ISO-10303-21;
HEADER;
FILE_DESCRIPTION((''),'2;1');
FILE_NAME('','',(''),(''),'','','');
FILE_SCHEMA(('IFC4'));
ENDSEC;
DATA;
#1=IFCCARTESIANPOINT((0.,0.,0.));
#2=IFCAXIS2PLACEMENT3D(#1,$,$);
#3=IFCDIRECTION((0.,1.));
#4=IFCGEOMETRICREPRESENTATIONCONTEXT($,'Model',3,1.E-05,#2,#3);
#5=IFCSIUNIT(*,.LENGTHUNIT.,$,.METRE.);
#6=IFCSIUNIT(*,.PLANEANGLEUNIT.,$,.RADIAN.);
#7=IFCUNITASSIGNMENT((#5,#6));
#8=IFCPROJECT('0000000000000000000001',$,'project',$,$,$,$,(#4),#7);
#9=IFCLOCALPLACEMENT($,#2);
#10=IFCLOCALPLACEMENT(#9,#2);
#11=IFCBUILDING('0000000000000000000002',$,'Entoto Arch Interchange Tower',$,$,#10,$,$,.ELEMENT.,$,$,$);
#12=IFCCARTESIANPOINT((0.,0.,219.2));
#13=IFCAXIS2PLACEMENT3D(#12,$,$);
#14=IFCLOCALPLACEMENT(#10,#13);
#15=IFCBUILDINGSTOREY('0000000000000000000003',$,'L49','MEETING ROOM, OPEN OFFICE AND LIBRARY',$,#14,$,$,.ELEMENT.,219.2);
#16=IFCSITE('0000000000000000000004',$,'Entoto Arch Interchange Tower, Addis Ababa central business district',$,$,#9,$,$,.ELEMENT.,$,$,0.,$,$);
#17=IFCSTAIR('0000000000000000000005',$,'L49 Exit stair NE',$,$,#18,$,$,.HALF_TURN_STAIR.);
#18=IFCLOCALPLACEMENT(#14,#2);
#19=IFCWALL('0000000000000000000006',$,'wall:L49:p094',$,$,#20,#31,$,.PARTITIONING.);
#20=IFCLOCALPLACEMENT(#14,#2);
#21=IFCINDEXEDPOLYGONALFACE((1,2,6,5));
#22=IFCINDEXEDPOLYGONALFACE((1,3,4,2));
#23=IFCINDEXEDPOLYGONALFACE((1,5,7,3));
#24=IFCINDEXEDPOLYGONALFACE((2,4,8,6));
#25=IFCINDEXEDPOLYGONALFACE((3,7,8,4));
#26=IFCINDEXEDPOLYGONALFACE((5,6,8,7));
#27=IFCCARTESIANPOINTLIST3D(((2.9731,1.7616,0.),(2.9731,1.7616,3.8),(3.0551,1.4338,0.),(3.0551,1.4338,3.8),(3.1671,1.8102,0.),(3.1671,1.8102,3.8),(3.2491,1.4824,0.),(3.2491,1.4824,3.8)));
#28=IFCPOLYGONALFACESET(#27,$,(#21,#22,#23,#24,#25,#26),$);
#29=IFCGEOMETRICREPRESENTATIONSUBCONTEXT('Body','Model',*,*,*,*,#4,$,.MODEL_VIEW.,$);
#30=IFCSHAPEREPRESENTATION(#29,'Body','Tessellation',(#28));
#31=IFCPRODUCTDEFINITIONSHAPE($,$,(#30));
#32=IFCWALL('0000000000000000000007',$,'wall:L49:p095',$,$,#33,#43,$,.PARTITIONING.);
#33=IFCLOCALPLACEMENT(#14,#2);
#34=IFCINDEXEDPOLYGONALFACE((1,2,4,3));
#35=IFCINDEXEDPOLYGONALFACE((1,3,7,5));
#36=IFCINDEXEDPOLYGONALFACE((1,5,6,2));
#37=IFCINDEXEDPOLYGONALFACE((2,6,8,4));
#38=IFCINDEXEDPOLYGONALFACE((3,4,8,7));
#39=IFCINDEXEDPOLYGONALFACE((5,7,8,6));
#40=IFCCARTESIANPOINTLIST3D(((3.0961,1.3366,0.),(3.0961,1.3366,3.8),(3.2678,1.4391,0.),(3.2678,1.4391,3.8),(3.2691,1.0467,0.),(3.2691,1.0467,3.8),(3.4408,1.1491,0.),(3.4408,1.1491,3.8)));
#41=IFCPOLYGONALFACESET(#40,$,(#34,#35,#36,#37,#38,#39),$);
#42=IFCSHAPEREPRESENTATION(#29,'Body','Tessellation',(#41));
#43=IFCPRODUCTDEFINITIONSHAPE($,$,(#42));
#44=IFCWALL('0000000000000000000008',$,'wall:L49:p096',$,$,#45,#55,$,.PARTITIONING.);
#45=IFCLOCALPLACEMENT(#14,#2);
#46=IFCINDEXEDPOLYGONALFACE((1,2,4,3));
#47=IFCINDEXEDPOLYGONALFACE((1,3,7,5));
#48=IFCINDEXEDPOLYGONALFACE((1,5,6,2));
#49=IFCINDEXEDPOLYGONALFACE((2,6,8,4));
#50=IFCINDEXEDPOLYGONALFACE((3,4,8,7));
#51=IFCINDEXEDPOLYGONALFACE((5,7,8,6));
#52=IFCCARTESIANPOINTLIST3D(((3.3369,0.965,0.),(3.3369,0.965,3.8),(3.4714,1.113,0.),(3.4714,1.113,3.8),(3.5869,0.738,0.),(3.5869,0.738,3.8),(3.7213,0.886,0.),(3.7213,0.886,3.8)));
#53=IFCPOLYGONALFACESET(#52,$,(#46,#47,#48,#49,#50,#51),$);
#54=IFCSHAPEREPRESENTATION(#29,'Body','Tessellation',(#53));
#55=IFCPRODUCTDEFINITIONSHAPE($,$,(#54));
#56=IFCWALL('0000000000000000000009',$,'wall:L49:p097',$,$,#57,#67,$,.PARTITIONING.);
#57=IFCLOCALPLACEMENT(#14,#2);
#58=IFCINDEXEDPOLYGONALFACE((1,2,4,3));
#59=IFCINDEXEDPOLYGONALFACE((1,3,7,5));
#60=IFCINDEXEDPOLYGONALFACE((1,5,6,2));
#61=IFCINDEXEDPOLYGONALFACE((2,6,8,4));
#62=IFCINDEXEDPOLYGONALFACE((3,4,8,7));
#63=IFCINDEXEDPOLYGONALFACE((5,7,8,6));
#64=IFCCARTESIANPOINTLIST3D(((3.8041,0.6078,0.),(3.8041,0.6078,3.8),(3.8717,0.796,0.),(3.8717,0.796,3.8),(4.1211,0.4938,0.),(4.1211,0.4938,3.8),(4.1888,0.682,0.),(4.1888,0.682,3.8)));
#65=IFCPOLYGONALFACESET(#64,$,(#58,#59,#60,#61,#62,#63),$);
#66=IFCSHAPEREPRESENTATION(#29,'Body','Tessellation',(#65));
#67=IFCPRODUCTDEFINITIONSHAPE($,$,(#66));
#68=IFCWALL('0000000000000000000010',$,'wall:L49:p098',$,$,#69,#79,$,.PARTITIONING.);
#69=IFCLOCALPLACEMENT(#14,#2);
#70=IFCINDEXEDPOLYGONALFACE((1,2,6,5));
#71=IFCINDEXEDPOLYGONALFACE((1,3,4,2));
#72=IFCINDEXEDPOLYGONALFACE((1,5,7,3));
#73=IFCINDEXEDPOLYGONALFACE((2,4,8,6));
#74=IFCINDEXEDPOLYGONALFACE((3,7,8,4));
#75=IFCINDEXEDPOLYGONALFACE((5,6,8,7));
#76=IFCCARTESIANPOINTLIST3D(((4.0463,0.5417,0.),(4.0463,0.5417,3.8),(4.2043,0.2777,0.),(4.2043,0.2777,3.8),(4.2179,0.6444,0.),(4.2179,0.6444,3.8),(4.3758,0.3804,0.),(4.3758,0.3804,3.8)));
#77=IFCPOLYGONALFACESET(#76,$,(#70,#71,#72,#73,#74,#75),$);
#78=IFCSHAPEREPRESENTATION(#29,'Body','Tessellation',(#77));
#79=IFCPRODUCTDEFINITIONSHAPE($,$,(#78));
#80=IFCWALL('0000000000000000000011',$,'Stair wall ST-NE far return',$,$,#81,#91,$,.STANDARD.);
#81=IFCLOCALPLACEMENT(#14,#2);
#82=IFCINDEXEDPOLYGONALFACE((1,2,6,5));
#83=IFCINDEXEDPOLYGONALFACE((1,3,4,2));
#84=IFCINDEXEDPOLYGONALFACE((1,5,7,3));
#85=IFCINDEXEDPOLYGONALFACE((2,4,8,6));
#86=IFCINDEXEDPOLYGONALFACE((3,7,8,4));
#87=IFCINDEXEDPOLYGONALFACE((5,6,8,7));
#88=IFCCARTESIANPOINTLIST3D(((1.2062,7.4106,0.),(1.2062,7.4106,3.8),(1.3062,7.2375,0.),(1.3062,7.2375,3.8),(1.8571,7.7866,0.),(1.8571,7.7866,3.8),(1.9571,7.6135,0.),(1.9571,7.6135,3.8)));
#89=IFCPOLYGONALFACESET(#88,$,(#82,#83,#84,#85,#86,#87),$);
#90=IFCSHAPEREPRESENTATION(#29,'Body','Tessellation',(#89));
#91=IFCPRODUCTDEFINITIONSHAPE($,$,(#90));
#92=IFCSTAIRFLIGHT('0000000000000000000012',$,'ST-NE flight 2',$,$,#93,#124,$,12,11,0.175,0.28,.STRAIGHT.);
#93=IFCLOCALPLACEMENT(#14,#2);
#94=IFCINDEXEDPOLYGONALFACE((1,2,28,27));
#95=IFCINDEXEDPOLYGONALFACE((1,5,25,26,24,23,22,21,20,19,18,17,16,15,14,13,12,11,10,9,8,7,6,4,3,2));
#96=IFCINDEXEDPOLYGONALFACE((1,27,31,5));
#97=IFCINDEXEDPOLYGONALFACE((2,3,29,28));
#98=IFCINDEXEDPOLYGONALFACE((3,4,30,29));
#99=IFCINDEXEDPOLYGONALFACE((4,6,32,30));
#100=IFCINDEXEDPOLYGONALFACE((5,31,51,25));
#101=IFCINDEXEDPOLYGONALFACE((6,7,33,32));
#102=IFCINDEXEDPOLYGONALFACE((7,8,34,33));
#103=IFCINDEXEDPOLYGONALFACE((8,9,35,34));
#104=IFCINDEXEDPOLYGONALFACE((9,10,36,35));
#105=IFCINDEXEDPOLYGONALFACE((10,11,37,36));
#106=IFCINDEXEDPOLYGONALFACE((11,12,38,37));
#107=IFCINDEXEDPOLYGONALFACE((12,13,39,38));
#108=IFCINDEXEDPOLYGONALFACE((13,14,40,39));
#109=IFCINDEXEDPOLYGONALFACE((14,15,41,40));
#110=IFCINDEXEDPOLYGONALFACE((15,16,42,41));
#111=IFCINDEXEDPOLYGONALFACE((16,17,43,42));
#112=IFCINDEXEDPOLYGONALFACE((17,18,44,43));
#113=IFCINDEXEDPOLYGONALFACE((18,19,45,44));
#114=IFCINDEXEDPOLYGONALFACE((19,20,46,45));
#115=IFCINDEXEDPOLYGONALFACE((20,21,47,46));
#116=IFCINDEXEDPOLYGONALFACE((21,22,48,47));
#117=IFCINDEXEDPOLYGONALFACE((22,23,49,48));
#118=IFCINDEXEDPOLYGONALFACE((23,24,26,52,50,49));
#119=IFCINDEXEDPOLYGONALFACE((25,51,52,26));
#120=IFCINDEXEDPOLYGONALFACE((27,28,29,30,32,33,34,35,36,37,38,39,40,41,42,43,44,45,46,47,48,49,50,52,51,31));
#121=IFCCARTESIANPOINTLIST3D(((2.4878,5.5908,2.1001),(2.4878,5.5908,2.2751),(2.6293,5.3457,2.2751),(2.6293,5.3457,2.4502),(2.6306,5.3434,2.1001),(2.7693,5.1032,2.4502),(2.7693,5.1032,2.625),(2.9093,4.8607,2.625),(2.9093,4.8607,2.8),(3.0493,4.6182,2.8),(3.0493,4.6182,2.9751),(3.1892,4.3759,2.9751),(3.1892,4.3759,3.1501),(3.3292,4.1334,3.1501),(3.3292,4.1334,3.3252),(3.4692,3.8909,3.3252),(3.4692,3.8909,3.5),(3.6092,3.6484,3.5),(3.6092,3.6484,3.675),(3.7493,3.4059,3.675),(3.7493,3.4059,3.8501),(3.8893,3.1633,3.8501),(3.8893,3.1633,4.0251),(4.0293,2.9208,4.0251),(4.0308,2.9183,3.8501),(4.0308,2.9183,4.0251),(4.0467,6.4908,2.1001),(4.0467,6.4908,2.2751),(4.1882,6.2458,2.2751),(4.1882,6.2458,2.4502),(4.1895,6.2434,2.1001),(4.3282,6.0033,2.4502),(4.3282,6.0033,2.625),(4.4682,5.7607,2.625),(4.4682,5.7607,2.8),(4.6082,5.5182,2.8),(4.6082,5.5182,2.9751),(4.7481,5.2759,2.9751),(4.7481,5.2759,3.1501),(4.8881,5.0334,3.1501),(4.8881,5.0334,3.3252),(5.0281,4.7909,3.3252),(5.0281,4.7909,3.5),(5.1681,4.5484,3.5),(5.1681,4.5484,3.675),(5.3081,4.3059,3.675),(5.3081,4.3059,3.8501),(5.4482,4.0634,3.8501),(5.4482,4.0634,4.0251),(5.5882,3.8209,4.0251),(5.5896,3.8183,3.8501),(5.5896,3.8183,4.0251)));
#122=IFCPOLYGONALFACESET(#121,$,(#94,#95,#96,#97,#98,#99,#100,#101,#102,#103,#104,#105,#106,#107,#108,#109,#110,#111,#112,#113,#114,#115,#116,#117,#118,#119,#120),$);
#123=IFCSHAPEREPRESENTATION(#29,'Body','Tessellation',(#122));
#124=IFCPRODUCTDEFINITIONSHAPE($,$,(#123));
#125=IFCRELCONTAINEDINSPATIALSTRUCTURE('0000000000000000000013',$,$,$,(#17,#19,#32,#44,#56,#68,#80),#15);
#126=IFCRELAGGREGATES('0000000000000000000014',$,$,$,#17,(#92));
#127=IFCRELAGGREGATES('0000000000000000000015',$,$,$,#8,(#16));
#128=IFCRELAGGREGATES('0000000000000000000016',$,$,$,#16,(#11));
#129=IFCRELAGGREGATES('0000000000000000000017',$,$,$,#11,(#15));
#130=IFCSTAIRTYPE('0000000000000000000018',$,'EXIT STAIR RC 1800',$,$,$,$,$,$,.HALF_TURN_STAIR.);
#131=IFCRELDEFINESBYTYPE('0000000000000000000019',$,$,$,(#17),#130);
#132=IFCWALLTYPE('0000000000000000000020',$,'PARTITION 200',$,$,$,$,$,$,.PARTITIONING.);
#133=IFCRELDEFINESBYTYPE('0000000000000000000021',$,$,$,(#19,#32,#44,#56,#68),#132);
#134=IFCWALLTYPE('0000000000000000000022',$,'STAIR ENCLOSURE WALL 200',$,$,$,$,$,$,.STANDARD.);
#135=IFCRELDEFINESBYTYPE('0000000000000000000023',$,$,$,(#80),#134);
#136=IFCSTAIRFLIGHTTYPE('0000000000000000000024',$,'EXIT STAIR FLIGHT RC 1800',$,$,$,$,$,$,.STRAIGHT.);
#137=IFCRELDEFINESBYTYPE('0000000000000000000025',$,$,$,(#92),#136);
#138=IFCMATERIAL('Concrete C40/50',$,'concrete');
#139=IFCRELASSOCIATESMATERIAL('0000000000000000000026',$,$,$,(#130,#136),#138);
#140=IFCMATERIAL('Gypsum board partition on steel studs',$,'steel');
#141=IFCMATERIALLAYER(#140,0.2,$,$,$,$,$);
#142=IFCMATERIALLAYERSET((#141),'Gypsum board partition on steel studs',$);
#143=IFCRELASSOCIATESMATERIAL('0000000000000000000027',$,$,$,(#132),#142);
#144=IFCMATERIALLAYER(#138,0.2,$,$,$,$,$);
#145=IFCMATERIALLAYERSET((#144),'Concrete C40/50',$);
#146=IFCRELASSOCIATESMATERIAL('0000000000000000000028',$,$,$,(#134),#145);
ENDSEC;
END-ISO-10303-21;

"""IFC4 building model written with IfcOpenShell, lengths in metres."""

from ifc_helpers import new_model, si_unit, direction, frame, frame_2d, origin, place, context, subcontext, project, spatial, polyline, rectangle, outline, extrude, material, layer, layer_set, type_object, element, aggregate, save


model = new_model("IFC4")

# Units and contexts
model_context = context("Model", 3, precision=1e-05, world=origin(), true_north=direction((0.0, 1.0)))
body_context = subcontext(model_context, "Body", "Model", "MODEL_VIEW")
ifc_project = project(units=[si_unit("LENGTHUNIT", "METRE"), si_unit("PLANEANGLEUNIT", "RADIAN")], contexts=[model_context])

# Site, building, storey
site_placement = place(None, origin())
site = spatial("IfcSite", under=ifc_project, at=site_placement, Name="Entoto Arch Interchange Tower, Addis Ababa central business district", CompositionType="ELEMENT", RefElevation=0.0)
building_placement = place(site_placement, origin())
building = spatial("IfcBuilding", under=site, at=building_placement, Name="Entoto Arch Interchange Tower", CompositionType="ELEMENT")
storey_placement = place(building_placement, frame((0.0, 0.0, 219.2)))
storey = spatial("IfcBuildingStorey", under=building, at=storey_placement, Name="L49", Description="MEETING ROOM, OPEN OFFICE AND LIBRARY", CompositionType="ELEMENT", Elevation=219.2)

# Shared definitions
ifc_material_1 = material(Name="Concrete C40/50", Category="concrete")

# Stair
stair_type = type_object("IfcStairType", Name="EXIT STAIR RC 1800", PredefinedType="HALF_TURN_STAIR", material=ifc_material_1)
stair_1_placement = place(storey_placement, origin())
stair_1 = element("IfcStair", 1, at=stair_1_placement, inside=storey, type_object=stair_type, Name="L49 Exit stair NE", PredefinedType="HALF_TURN_STAIR")

# Shared definitions
ifc_material_2 = material(Name="Gypsum board partition on steel studs", Category="steel")
ifc_layer_1 = layer(ifc_material_2, 0.2)
ifc_layer_set_1 = layer_set([ifc_layer_1], Name="Gypsum board partition on steel studs")
wall_type_1 = type_object("IfcWallType", Name="PARTITION 200", PredefinedType="PARTITIONING", material=ifc_layer_set_1)

# Walls
wall_1_placement = place(storey_placement, frame((3.0701, 1.7859, 0.0), z_axis=(0.0, 0.0, 1.0), x_axis=(0.242706, -0.9701, 0.0)))
element("IfcWall", 2, at=wall_1_placement, inside=storey, type_object=wall_type_1, Name="wall:L49:p094", PredefinedType="PARTITIONING", context=body_context, shape_type="SweptSolid", body=[
    extrude(rectangle(XDim=0.3379, YDim=0.2, at=frame_2d((0.1689, 0.0))), origin(), (0.0, 0.0, 1.0), 3.8),
])
for number, where, z_axis, x_axis, name in (
    (3, (3.1819, 1.3879, 0.0), (0.0, 0.0, 1.0), (0.512475, -0.858702, 0.0), "wall:L49:p095"),
    (4, (3.4041, 1.0391, 0.0), (0.0, 0.0, 1.0), (0.740267, -0.672313, 0.0), "wall:L49:p096"),
):
    element("IfcWall", number, at=place(storey_placement, frame(where, z_axis=z_axis, x_axis=x_axis)), inside=storey, type_object=wall_type_1, Name=name, PredefinedType="PARTITIONING", context=body_context, shape_type="SweptSolid", body=[
        extrude(rectangle(XDim=0.3376, YDim=0.2, at=frame_2d((0.1689, 0.0))), origin(), (0.0, 0.0, 1.0), 3.8),
    ])
wall_2_placement = place(storey_placement, frame((3.8379, 0.7019, 0.0), z_axis=(0.0, 0.0, 1.0), x_axis=(0.941035, -0.338309, 0.0)))
element("IfcWall", 5, at=wall_2_placement, inside=storey, type_object=wall_type_1, Name="wall:L49:p097", PredefinedType="PARTITIONING", context=body_context, shape_type="SweptSolid", body=[
    extrude(rectangle(XDim=0.3369, YDim=0.2, at=frame_2d((0.1685, 0.0))), origin(), (0.0, 0.0, 1.0), 3.8),
])
wall_3_placement = place(storey_placement, frame((4.1321, 0.593, 0.0), z_axis=(0.0, 0.0, 1.0), x_axis=(0.513562, -0.858053, 0.0)))
element("IfcWall", 6, at=wall_3_placement, inside=storey, type_object=wall_type_1, Name="wall:L49:p098", PredefinedType="PARTITIONING", context=body_context, shape_type="SweptSolid", body=[
    extrude(rectangle(XDim=0.3076, YDim=0.2, at=frame_2d((0.1538, 0.0))), origin(), (0.0, 0.0, 1.0), 3.8),
])
ifc_layer_2 = layer(ifc_material_1, 0.2)
ifc_layer_set_2 = layer_set([ifc_layer_2], Name="Concrete C40/50")
wall_type_2 = type_object("IfcWallType", Name="STAIR ENCLOSURE WALL 200", PredefinedType="STANDARD", material=ifc_layer_set_2)
wall_4_placement = place(storey_placement, frame((1.2561, 7.324, 0.0), z_axis=(0.0, 0.0, 1.0), x_axis=(0.865915, 0.500191, 0.0)))
element("IfcWall", 7, at=wall_4_placement, inside=storey, type_object=wall_type_2, Name="Stair wall ST-NE far return", PredefinedType="STANDARD", context=body_context, shape_type="SweptSolid", body=[
    extrude(rectangle(XDim=0.7517, YDim=0.2, at=frame_2d((0.376, 0.0))), origin(), (0.0, 0.0, 1.0), 3.8),
])

# Stair flight
stair_flight_type = type_object("IfcStairFlightType", Name="EXIT STAIR FLIGHT RC 1800", PredefinedType="STRAIGHT", material=ifc_material_1)
stair_flight_placement = place(storey_placement, frame((3.2688, 6.0383, 2.1001), z_axis=(0.0, 0.0, 1.0), x_axis=(0.5, -0.866025, 0.0)))
stair_flight = element("IfcStairFlight", 8, at=stair_flight_placement, type_object=stair_flight_type, Name="ST-NE flight 2", NumberOfRisers=12, NumberOfTreads=11, PredefinedType="STRAIGHT", RiserHeight=0.175, TreadLength=0.28, context=body_context, shape_type="SweptSolid", body=[
    extrude(outline(polyline([(-0.0029, 0.0), (-0.0029, 0.175), (0.28, 0.175), (0.28, 0.3501), (0.5601, 0.3501), (0.5601, 0.5249), (0.8401, 0.5249), (0.8401, 0.7), (1.1201, 0.7), (1.1201, 0.875), (1.3999, 0.875), (1.3999, 1.05), (1.6799, 1.05), (1.6799, 1.2251), (1.96, 1.2251), (1.96, 1.3999), (2.24, 1.3999), (2.24, 1.575), (2.52, 1.575), (2.52, 1.75), (2.8, 1.75), (2.8, 1.925), (3.0801, 1.925), (3.083, 1.925), (3.083, 1.75), (0.2827, 0.0), (-0.0029, 0.0)])), frame((0.0, 0.8999, 0.0), z_axis=(0.0, -1.0, 0.0), x_axis=(1.0, 0.0, 0.0)), (0.0, 0.0, 1.0), 1.8),
])
aggregate(stair_1, [stair_flight])

save(model, "model.ifc")
